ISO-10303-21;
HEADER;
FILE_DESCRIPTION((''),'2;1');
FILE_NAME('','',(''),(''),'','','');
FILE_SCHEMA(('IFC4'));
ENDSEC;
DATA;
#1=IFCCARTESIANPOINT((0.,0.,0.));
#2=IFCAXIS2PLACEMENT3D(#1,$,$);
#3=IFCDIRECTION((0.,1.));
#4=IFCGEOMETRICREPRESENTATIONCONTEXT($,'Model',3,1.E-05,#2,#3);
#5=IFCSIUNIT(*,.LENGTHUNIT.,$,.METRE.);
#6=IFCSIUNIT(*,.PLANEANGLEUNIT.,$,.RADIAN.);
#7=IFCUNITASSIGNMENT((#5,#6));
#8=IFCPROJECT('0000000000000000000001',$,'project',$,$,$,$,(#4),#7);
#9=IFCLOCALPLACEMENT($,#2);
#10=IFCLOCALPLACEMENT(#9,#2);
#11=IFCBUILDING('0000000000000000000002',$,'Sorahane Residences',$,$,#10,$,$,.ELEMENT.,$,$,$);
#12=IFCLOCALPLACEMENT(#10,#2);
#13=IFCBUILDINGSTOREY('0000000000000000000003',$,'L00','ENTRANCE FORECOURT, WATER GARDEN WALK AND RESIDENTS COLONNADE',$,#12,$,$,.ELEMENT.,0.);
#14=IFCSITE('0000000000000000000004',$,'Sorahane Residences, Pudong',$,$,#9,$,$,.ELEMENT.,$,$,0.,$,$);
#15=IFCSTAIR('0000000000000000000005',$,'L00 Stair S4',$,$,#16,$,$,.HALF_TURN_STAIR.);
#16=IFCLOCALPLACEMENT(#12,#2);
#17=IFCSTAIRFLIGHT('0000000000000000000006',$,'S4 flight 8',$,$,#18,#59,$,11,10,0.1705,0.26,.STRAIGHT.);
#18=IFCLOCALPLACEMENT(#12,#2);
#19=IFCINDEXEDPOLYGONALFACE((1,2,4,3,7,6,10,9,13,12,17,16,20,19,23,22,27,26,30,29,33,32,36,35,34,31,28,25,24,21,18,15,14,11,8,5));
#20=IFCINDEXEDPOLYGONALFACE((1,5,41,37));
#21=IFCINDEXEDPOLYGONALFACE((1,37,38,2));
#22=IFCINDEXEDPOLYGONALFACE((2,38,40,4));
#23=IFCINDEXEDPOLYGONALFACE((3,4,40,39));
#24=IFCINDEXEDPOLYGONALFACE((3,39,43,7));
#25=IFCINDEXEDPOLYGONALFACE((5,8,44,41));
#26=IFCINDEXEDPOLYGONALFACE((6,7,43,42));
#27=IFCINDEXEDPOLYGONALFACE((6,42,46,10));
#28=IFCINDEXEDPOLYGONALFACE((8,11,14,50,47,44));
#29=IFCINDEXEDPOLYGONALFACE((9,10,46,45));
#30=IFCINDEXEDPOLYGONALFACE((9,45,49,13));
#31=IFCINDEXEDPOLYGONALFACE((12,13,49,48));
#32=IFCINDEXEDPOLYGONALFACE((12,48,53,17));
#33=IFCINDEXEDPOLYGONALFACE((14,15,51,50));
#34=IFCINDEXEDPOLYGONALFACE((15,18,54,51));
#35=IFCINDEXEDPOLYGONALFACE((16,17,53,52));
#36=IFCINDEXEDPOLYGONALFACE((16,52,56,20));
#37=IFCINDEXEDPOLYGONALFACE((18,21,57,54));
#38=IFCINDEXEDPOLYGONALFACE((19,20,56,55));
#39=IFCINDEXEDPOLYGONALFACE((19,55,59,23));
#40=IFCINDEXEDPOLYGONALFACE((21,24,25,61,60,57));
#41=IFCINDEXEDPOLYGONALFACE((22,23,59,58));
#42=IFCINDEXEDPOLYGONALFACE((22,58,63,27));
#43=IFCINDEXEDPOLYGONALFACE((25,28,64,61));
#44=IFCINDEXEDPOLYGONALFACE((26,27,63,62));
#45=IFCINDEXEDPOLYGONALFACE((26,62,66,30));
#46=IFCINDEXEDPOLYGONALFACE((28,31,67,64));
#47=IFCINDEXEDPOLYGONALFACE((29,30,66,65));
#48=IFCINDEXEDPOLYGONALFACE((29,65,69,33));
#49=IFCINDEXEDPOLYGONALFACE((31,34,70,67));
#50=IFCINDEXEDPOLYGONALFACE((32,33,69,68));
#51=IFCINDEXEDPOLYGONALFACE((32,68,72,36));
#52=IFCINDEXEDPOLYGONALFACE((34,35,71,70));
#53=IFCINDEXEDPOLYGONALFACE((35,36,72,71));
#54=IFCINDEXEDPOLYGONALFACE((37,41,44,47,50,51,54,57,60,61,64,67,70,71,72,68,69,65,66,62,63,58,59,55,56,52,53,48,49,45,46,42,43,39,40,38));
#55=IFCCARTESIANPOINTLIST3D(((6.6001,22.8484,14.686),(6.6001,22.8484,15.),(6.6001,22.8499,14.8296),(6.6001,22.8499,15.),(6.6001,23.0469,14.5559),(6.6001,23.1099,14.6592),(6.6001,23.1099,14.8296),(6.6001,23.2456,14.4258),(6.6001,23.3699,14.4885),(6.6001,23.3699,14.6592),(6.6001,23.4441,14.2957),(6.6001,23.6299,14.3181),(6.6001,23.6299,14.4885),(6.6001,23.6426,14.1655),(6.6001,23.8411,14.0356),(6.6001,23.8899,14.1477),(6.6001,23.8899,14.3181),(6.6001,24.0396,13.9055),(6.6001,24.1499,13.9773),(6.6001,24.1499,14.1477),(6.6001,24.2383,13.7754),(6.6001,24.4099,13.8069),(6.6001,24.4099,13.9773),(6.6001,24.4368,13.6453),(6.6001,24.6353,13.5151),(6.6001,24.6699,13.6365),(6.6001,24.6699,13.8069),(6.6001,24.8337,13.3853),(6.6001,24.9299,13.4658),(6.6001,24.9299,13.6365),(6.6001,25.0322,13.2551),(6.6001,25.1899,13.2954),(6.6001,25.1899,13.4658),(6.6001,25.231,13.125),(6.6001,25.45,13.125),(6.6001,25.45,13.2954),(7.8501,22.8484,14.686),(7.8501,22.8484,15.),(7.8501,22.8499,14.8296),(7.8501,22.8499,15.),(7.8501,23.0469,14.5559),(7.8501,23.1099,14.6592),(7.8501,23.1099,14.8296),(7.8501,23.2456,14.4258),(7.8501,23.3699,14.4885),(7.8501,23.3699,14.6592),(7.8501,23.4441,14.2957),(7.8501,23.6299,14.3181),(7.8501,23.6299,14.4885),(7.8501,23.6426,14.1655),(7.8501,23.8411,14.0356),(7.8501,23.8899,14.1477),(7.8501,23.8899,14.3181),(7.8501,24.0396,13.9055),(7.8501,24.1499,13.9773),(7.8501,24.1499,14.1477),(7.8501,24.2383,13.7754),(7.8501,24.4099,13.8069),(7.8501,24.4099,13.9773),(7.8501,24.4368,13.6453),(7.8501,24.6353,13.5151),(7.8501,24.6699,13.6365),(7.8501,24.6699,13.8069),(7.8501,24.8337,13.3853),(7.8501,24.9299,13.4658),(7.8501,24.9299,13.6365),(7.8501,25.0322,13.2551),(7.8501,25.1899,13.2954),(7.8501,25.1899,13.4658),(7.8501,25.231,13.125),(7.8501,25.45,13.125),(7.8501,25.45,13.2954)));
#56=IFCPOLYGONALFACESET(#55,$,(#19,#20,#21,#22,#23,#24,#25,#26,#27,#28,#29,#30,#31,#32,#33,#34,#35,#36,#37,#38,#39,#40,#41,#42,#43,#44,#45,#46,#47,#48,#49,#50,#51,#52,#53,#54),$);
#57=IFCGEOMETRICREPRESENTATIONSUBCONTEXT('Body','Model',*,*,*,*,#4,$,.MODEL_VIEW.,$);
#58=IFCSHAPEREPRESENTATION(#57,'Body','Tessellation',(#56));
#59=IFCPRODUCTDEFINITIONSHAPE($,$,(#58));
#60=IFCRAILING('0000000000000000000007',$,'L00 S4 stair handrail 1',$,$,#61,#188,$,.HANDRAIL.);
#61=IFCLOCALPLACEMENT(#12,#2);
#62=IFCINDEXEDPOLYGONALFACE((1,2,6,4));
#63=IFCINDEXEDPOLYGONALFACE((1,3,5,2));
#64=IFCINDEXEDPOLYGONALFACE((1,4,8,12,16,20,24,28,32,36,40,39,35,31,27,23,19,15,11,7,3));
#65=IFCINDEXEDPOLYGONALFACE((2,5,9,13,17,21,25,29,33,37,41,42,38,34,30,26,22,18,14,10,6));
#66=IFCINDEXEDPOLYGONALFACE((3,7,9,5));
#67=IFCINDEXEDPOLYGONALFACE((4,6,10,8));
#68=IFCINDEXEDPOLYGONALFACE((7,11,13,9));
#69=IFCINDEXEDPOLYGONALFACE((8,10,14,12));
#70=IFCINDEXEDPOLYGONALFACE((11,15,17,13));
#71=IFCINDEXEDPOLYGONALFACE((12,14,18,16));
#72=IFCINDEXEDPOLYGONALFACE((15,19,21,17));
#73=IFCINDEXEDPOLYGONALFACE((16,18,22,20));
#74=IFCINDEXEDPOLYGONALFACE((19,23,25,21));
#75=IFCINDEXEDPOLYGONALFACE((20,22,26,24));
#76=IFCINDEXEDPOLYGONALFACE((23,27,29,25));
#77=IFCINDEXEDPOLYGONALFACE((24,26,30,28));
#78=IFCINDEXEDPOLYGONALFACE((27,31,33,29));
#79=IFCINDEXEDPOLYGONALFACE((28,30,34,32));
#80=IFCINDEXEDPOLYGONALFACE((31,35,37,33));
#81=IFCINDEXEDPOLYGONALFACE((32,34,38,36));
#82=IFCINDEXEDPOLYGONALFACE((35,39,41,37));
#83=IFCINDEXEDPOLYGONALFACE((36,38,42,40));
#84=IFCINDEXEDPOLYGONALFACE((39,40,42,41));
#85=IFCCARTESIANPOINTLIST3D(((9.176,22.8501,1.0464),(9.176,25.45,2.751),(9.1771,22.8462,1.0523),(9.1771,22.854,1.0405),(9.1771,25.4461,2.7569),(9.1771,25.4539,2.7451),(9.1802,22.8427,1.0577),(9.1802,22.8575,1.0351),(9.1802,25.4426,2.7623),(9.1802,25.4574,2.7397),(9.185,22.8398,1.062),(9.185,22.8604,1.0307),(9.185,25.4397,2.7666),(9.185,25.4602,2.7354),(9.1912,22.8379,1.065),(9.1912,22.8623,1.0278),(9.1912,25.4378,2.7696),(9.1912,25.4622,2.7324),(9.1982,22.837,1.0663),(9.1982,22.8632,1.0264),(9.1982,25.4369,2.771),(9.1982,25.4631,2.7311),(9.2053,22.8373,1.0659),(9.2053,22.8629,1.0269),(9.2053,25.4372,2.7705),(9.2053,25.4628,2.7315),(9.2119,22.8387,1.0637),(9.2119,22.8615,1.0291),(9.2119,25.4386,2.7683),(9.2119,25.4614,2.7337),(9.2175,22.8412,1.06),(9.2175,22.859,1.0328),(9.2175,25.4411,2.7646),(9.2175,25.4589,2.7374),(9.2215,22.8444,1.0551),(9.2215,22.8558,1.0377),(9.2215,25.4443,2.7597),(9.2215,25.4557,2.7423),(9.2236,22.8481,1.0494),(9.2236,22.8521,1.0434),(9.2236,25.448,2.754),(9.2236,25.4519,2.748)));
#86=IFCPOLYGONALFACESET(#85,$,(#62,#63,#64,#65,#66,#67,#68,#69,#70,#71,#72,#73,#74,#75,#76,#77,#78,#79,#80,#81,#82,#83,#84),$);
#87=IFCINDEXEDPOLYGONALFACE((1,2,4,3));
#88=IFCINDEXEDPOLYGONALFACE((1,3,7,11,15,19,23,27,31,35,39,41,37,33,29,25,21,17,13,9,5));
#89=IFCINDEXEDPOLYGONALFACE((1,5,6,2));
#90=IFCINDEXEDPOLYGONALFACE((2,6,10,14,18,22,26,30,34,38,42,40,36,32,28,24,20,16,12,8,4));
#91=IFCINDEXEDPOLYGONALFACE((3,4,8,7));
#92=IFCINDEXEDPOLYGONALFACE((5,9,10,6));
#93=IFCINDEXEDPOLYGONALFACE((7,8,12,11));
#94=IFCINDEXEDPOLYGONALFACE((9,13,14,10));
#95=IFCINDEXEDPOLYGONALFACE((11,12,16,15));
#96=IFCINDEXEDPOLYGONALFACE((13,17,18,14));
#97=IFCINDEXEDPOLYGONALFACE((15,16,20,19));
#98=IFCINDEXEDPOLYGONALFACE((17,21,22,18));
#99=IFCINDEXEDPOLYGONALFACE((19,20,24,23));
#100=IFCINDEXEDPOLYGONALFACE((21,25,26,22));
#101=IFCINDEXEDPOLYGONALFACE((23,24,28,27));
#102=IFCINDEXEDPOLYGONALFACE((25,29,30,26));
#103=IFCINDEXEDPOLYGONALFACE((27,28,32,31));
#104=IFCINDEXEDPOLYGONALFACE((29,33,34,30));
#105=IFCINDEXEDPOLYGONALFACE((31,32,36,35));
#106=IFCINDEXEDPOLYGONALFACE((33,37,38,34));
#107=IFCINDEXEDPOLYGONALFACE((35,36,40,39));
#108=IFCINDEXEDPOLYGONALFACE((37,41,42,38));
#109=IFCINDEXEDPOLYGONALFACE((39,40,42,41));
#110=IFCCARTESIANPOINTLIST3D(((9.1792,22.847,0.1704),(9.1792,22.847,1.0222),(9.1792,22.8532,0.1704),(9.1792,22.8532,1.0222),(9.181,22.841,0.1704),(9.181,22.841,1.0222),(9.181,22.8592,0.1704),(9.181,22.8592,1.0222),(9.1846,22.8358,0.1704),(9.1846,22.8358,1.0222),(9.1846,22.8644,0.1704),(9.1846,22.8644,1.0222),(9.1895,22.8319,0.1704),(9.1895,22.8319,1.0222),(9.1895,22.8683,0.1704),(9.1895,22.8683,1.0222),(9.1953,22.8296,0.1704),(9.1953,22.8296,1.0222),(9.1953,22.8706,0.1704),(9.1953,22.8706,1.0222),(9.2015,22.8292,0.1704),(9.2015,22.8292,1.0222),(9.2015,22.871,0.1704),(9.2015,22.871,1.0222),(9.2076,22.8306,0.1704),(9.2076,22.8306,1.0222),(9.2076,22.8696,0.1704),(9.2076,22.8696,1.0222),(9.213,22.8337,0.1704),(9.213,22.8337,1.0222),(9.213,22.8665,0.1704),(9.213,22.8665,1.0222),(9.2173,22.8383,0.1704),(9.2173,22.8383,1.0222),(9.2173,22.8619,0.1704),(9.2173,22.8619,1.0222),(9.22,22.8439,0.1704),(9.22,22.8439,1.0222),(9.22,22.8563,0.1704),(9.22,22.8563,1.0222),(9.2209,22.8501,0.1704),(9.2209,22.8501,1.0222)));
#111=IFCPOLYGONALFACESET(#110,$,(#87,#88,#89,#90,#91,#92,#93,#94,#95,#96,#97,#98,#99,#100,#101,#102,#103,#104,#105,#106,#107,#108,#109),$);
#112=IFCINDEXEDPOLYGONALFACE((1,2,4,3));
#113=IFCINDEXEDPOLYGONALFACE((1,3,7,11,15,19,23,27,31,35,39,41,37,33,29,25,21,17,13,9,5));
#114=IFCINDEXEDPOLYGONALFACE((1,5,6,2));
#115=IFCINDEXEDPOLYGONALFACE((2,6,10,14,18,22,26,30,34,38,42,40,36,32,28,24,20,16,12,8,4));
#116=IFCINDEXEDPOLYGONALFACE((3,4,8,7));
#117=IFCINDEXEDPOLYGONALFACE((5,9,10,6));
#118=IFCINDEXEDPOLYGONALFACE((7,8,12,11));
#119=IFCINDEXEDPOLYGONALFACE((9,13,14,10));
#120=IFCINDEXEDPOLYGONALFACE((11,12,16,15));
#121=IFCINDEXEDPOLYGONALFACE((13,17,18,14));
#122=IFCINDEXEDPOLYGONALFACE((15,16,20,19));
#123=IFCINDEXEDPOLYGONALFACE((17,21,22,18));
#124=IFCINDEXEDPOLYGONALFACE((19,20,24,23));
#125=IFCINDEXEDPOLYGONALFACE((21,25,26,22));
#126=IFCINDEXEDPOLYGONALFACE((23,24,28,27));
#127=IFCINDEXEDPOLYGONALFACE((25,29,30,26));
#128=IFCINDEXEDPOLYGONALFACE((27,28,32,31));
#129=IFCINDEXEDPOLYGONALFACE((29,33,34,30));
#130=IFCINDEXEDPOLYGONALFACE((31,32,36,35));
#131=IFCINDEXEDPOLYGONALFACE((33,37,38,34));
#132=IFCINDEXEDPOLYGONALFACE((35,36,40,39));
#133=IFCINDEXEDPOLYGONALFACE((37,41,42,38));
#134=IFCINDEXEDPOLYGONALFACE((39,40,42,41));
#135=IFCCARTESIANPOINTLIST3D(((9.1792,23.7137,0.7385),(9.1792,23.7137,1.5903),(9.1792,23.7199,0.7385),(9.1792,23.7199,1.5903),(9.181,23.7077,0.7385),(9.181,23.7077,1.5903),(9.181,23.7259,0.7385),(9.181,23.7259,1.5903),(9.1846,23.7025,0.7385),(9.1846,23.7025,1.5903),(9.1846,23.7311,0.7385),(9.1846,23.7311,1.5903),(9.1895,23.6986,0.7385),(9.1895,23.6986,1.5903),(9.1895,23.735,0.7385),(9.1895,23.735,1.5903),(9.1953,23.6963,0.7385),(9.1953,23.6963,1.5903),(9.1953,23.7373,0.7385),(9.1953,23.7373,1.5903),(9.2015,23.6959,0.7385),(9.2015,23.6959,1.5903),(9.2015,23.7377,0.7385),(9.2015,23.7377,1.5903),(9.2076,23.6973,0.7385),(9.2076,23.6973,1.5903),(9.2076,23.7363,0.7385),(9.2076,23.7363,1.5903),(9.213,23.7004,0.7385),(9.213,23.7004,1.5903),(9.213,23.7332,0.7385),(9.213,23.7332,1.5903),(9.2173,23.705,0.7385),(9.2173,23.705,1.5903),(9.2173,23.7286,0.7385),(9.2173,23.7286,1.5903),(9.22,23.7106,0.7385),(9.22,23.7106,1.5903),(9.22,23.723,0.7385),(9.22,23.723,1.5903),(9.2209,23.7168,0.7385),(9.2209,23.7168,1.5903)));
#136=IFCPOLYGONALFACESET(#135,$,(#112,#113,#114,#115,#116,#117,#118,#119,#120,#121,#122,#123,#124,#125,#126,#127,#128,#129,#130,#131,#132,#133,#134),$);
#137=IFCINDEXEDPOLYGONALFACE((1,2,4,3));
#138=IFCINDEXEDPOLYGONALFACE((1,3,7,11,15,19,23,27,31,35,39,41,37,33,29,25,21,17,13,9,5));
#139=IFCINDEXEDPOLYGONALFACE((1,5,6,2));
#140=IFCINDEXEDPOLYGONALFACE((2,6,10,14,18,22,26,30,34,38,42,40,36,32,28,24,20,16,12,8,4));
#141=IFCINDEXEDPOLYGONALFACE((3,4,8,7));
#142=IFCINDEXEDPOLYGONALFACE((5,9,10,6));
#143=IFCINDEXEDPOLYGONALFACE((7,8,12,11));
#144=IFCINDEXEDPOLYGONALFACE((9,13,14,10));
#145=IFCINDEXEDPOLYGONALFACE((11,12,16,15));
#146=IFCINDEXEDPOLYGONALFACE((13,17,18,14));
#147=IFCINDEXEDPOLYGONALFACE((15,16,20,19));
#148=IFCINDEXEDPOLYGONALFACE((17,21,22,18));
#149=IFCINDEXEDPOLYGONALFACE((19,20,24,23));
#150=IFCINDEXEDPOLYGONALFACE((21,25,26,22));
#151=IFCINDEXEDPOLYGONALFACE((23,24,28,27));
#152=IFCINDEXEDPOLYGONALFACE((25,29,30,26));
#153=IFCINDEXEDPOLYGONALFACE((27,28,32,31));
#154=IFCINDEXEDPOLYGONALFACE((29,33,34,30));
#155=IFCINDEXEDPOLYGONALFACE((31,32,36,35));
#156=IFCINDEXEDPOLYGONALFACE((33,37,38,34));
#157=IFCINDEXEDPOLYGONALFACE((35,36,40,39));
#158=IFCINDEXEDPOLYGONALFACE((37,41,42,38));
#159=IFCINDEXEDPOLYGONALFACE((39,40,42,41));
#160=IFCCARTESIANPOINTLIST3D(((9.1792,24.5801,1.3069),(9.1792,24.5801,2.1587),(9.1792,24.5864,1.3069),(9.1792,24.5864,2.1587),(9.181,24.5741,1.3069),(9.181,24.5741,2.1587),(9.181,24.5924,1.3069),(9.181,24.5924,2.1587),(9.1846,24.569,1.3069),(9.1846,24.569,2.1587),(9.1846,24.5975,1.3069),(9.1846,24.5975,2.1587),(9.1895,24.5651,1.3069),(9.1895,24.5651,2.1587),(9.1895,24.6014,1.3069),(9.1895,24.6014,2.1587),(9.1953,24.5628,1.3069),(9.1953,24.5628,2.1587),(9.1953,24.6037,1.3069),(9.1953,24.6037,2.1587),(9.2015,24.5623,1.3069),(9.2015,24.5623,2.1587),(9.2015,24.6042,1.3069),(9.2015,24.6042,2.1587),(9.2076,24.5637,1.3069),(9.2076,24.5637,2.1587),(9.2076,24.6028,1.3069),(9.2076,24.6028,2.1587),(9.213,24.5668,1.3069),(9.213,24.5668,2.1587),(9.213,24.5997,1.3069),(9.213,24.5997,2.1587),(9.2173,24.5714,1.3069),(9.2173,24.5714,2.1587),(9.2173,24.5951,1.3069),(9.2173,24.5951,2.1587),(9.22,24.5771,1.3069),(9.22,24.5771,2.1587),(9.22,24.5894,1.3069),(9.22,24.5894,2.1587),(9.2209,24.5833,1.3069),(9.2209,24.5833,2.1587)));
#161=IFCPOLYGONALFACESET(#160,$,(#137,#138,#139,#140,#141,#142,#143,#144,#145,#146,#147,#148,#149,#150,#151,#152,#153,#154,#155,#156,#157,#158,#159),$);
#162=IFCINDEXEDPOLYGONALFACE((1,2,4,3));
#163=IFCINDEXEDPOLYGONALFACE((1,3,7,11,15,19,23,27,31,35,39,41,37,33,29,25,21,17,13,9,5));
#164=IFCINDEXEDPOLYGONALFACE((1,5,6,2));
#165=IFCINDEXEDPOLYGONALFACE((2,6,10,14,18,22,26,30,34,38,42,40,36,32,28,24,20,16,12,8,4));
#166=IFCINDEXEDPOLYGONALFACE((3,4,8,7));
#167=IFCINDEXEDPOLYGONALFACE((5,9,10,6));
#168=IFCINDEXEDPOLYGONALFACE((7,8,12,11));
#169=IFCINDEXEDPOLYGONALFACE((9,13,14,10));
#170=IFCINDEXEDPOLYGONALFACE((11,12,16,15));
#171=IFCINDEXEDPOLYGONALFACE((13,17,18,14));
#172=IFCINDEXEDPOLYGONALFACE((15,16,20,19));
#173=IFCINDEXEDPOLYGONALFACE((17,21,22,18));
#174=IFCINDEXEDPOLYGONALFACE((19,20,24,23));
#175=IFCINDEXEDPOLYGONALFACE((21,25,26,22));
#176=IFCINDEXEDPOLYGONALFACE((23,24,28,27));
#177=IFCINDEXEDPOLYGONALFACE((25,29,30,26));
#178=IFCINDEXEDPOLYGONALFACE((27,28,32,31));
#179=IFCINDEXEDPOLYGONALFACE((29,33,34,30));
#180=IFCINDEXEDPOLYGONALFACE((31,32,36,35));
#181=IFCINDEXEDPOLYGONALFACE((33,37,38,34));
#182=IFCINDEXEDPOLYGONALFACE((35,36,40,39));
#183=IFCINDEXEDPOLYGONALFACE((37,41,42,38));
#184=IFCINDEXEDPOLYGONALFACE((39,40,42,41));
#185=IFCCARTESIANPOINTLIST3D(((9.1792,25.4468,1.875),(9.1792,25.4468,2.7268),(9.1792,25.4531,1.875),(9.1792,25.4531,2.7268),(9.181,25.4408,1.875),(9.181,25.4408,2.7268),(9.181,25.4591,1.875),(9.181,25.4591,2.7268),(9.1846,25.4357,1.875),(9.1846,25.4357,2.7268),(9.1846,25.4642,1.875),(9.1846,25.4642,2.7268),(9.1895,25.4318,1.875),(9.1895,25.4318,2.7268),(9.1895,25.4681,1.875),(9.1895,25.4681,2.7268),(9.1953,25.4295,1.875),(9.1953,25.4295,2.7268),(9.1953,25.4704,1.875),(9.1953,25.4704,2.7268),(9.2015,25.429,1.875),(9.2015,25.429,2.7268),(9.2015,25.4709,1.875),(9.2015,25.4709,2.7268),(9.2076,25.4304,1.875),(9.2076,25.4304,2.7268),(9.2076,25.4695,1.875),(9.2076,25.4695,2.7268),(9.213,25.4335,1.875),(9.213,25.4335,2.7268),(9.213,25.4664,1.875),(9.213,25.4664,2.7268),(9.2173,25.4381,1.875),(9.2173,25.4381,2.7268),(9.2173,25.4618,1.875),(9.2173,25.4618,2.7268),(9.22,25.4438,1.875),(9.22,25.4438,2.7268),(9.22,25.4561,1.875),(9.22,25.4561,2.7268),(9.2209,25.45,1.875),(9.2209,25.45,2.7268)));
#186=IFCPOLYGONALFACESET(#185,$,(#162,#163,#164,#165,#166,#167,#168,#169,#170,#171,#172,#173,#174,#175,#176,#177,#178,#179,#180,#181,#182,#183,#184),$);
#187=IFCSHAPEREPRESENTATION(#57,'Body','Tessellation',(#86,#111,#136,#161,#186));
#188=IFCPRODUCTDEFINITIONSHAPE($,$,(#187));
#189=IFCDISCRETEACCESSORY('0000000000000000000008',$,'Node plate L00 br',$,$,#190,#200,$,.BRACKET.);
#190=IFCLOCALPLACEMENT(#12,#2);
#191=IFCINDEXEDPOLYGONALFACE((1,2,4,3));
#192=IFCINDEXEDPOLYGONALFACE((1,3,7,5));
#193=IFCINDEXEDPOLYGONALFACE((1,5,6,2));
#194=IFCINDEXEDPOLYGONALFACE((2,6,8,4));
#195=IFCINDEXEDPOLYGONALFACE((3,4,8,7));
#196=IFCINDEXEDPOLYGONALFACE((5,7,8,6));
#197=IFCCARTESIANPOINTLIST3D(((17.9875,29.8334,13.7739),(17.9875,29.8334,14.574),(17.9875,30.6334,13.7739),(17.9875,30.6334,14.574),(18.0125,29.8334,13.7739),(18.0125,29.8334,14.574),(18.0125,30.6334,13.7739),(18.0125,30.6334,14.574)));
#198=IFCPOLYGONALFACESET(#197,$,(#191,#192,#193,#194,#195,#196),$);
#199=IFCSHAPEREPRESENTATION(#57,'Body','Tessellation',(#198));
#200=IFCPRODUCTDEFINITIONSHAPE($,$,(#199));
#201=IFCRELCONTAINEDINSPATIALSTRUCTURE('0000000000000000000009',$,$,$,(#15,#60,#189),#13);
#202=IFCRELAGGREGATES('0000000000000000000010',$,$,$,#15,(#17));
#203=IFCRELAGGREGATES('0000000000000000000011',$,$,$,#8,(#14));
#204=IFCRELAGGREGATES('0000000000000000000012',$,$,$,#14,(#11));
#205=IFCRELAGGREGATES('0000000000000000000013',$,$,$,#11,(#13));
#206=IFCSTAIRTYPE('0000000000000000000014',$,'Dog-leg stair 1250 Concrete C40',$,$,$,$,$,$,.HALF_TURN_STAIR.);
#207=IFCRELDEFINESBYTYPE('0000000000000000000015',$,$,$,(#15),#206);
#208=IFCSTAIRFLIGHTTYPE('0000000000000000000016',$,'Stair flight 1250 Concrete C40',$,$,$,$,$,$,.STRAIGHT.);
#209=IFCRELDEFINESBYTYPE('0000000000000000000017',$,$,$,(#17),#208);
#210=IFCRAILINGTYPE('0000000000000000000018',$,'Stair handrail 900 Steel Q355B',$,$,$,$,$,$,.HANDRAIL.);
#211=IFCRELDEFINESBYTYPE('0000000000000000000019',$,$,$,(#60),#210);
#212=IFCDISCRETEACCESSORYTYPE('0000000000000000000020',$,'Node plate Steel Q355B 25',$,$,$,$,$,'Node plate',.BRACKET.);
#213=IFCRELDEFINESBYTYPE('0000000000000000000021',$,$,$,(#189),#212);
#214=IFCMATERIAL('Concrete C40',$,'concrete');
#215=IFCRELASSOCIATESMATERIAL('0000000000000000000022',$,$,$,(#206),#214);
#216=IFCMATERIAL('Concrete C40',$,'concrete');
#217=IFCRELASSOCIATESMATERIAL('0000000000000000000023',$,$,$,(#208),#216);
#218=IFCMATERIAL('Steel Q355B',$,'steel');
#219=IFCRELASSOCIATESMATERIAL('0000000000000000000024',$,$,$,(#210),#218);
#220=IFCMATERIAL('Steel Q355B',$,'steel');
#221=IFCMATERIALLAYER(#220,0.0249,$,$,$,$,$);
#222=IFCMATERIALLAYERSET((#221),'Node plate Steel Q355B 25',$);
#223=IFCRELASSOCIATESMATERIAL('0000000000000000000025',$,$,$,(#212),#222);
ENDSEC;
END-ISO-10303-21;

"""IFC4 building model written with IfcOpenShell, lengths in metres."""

from ifc_helpers import new_model, si_unit, direction, frame, origin, origin_2d, place, context, subcontext, project, spatial, polyline, rectangle, circle, outline, extrude, material, layer, layer_set, type_object, element, aggregate, save


model = new_model("IFC4")

# Units and contexts
model_context = context("Model", 3, precision=1e-05, world=origin(), true_north=direction((0.0, 1.0)))
body_context = subcontext(model_context, "Body", "Model", "MODEL_VIEW")
ifc_project = project(units=[si_unit("LENGTHUNIT", "METRE"), si_unit("PLANEANGLEUNIT", "RADIAN")], contexts=[model_context])

# Site, building, storey
site_placement = place(None, origin())
site = spatial("IfcSite", under=ifc_project, at=site_placement, Name="Sorahane Residences, Pudong", CompositionType="ELEMENT", RefElevation=0.0)
building_placement = place(site_placement, origin())
building = spatial("IfcBuilding", under=site, at=building_placement, Name="Sorahane Residences", CompositionType="ELEMENT")
storey_placement = place(building_placement, origin())
storey = spatial("IfcBuildingStorey", under=building, at=storey_placement, Name="L00", Description="ENTRANCE FORECOURT, WATER GARDEN WALK AND RESIDENTS COLONNADE", CompositionType="ELEMENT", Elevation=0.0)

# Stair, stair flight
ifc_material_1 = material(Name="Concrete C40", Category="concrete")
stair_type = type_object("IfcStairType", Name="Dog-leg stair 1250 Concrete C40", PredefinedType="HALF_TURN_STAIR", material=ifc_material_1)
stair_placement = place(storey_placement, origin())
stair = element("IfcStair", 1, at=stair_placement, inside=storey, type_object=stair_type, Name="L00 Stair S4", PredefinedType="HALF_TURN_STAIR")
ifc_material_2 = material(Name="Concrete C40", Category="concrete")
stair_flight_type = type_object("IfcStairFlightType", Name="Stair flight 1250 Concrete C40", PredefinedType="STRAIGHT", material=ifc_material_2)
stair_flight_1_placement = place(storey_placement, frame((7.2251, 25.45, 13.125), z_axis=(0.0, 0.0, 1.0), x_axis=(0.0, -1.0, 0.0)))
stair_flight_1 = element("IfcStairFlight", 2, at=stair_flight_1_placement, type_object=stair_flight_type, Name="S4 flight 8", NumberOfRisers=11, NumberOfTreads=10, PredefinedType="STRAIGHT", RiserHeight=0.1705, TreadLength=0.26, context=body_context, shape_type="SweptSolid", body=[
    extrude(outline(polyline([(0.0, 0.0), (0.0, 0.1704), (0.26, 0.1704), (0.26, 0.3408), (0.52, 0.3408), (0.52, 0.5115), (0.78, 0.5115), (0.78, 0.6819), (1.04, 0.6819), (1.04, 0.8523), (1.3, 0.8523), (1.3, 1.0227), (1.5601, 1.0227), (1.5601, 1.1931), (1.8201, 1.1931), (1.8201, 1.3635), (2.0801, 1.3635), (2.0801, 1.5342), (2.3401, 1.5342), (2.3401, 1.7046), (2.6001, 1.7046), (2.6001, 1.875), (2.6016, 1.875), (2.6016, 1.561), (2.4031, 1.4309), (2.2043, 1.3008), (2.0059, 1.1707), (1.8074, 1.0405), (1.6089, 0.9106), (1.4104, 0.7805), (1.2117, 0.6504), (1.0132, 0.5203), (0.8147, 0.3901), (0.6162, 0.2603), (0.4177, 0.1301), (0.219, 0.0), (0.0, 0.0)])), frame((0.0, 0.625, 0.0), z_axis=(0.0, -1.0, 0.0), x_axis=(1.0, 0.0, 0.0)), (0.0, 0.0, 1.0), 1.25),
])
aggregate(stair, [stair_flight_1])

# Railing
ifc_material_3 = material(Name="Steel Q355B", Category="steel")
railing_type_1 = type_object("IfcRailingType", Name="Stair handrail 900 Steel Q355B", PredefinedType="HANDRAIL", material=ifc_material_3)
railing_1_placement = place(storey_placement, frame((9.2, 22.8501, 0.1704)))
element("IfcRailing", 3, at=railing_1_placement, inside=storey, type_object=railing_type_1, Name="L00 S4 stair handrail 1", PredefinedType="HANDRAIL", context=body_context, shape_type="SweptSolid", body=[
    extrude(circle(Radius=0.0239, at=origin_2d()), frame((0.0, 0.0, 0.876), z_axis=(0.0, 0.836279, 0.548305), x_axis=(-1.0, 0.0, 0.0)), (0.0, 0.0, 1.0), 3.1089),
    extrude(circle(Radius=0.021, at=origin_2d()), origin(), (0.0, 0.0, 1.0), 0.8518),
    extrude(circle(Radius=0.021, at=origin_2d()), frame((0.0, 0.8667, 0.5681)), (0.0, 0.0, 1.0), 0.8518),
    extrude(circle(Radius=0.021, at=origin_2d()), frame((0.0, 1.7332, 1.1365)), (0.0, 0.0, 1.0), 0.8518),
    extrude(circle(Radius=0.021, at=origin_2d()), frame((0.0, 2.5999, 1.7046)), (0.0, 0.0, 1.0), 0.8518),
])

# Discrete accessory
ifc_material_4 = material(Name="Steel Q355B", Category="steel")
ifc_layer = layer(ifc_material_4, 0.0249)
ifc_layer_set = layer_set([ifc_layer], Name="Node plate Steel Q355B 25")
discrete_accessory_type = type_object("IfcDiscreteAccessoryType", Name="Node plate Steel Q355B 25", ElementType="Node plate", PredefinedType="BRACKET", material=ifc_layer_set)
discrete_accessory_placement = place(storey_placement, frame((18.0, 30.2334, 13.7739), z_axis=(0.0, 0.0, 1.0), x_axis=(0.0, 1.0, 0.0)))
element("IfcDiscreteAccessory", 4, at=discrete_accessory_placement, inside=storey, type_object=discrete_accessory_type, Name="Node plate L00 br", PredefinedType="BRACKET", context=body_context, shape_type="SweptSolid", body=[
    extrude(rectangle(XDim=0.8, YDim=0.0249, at=origin_2d()), origin(), (0.0, 0.0, 1.0), 0.8),
])

save(model, "model.ifc")
